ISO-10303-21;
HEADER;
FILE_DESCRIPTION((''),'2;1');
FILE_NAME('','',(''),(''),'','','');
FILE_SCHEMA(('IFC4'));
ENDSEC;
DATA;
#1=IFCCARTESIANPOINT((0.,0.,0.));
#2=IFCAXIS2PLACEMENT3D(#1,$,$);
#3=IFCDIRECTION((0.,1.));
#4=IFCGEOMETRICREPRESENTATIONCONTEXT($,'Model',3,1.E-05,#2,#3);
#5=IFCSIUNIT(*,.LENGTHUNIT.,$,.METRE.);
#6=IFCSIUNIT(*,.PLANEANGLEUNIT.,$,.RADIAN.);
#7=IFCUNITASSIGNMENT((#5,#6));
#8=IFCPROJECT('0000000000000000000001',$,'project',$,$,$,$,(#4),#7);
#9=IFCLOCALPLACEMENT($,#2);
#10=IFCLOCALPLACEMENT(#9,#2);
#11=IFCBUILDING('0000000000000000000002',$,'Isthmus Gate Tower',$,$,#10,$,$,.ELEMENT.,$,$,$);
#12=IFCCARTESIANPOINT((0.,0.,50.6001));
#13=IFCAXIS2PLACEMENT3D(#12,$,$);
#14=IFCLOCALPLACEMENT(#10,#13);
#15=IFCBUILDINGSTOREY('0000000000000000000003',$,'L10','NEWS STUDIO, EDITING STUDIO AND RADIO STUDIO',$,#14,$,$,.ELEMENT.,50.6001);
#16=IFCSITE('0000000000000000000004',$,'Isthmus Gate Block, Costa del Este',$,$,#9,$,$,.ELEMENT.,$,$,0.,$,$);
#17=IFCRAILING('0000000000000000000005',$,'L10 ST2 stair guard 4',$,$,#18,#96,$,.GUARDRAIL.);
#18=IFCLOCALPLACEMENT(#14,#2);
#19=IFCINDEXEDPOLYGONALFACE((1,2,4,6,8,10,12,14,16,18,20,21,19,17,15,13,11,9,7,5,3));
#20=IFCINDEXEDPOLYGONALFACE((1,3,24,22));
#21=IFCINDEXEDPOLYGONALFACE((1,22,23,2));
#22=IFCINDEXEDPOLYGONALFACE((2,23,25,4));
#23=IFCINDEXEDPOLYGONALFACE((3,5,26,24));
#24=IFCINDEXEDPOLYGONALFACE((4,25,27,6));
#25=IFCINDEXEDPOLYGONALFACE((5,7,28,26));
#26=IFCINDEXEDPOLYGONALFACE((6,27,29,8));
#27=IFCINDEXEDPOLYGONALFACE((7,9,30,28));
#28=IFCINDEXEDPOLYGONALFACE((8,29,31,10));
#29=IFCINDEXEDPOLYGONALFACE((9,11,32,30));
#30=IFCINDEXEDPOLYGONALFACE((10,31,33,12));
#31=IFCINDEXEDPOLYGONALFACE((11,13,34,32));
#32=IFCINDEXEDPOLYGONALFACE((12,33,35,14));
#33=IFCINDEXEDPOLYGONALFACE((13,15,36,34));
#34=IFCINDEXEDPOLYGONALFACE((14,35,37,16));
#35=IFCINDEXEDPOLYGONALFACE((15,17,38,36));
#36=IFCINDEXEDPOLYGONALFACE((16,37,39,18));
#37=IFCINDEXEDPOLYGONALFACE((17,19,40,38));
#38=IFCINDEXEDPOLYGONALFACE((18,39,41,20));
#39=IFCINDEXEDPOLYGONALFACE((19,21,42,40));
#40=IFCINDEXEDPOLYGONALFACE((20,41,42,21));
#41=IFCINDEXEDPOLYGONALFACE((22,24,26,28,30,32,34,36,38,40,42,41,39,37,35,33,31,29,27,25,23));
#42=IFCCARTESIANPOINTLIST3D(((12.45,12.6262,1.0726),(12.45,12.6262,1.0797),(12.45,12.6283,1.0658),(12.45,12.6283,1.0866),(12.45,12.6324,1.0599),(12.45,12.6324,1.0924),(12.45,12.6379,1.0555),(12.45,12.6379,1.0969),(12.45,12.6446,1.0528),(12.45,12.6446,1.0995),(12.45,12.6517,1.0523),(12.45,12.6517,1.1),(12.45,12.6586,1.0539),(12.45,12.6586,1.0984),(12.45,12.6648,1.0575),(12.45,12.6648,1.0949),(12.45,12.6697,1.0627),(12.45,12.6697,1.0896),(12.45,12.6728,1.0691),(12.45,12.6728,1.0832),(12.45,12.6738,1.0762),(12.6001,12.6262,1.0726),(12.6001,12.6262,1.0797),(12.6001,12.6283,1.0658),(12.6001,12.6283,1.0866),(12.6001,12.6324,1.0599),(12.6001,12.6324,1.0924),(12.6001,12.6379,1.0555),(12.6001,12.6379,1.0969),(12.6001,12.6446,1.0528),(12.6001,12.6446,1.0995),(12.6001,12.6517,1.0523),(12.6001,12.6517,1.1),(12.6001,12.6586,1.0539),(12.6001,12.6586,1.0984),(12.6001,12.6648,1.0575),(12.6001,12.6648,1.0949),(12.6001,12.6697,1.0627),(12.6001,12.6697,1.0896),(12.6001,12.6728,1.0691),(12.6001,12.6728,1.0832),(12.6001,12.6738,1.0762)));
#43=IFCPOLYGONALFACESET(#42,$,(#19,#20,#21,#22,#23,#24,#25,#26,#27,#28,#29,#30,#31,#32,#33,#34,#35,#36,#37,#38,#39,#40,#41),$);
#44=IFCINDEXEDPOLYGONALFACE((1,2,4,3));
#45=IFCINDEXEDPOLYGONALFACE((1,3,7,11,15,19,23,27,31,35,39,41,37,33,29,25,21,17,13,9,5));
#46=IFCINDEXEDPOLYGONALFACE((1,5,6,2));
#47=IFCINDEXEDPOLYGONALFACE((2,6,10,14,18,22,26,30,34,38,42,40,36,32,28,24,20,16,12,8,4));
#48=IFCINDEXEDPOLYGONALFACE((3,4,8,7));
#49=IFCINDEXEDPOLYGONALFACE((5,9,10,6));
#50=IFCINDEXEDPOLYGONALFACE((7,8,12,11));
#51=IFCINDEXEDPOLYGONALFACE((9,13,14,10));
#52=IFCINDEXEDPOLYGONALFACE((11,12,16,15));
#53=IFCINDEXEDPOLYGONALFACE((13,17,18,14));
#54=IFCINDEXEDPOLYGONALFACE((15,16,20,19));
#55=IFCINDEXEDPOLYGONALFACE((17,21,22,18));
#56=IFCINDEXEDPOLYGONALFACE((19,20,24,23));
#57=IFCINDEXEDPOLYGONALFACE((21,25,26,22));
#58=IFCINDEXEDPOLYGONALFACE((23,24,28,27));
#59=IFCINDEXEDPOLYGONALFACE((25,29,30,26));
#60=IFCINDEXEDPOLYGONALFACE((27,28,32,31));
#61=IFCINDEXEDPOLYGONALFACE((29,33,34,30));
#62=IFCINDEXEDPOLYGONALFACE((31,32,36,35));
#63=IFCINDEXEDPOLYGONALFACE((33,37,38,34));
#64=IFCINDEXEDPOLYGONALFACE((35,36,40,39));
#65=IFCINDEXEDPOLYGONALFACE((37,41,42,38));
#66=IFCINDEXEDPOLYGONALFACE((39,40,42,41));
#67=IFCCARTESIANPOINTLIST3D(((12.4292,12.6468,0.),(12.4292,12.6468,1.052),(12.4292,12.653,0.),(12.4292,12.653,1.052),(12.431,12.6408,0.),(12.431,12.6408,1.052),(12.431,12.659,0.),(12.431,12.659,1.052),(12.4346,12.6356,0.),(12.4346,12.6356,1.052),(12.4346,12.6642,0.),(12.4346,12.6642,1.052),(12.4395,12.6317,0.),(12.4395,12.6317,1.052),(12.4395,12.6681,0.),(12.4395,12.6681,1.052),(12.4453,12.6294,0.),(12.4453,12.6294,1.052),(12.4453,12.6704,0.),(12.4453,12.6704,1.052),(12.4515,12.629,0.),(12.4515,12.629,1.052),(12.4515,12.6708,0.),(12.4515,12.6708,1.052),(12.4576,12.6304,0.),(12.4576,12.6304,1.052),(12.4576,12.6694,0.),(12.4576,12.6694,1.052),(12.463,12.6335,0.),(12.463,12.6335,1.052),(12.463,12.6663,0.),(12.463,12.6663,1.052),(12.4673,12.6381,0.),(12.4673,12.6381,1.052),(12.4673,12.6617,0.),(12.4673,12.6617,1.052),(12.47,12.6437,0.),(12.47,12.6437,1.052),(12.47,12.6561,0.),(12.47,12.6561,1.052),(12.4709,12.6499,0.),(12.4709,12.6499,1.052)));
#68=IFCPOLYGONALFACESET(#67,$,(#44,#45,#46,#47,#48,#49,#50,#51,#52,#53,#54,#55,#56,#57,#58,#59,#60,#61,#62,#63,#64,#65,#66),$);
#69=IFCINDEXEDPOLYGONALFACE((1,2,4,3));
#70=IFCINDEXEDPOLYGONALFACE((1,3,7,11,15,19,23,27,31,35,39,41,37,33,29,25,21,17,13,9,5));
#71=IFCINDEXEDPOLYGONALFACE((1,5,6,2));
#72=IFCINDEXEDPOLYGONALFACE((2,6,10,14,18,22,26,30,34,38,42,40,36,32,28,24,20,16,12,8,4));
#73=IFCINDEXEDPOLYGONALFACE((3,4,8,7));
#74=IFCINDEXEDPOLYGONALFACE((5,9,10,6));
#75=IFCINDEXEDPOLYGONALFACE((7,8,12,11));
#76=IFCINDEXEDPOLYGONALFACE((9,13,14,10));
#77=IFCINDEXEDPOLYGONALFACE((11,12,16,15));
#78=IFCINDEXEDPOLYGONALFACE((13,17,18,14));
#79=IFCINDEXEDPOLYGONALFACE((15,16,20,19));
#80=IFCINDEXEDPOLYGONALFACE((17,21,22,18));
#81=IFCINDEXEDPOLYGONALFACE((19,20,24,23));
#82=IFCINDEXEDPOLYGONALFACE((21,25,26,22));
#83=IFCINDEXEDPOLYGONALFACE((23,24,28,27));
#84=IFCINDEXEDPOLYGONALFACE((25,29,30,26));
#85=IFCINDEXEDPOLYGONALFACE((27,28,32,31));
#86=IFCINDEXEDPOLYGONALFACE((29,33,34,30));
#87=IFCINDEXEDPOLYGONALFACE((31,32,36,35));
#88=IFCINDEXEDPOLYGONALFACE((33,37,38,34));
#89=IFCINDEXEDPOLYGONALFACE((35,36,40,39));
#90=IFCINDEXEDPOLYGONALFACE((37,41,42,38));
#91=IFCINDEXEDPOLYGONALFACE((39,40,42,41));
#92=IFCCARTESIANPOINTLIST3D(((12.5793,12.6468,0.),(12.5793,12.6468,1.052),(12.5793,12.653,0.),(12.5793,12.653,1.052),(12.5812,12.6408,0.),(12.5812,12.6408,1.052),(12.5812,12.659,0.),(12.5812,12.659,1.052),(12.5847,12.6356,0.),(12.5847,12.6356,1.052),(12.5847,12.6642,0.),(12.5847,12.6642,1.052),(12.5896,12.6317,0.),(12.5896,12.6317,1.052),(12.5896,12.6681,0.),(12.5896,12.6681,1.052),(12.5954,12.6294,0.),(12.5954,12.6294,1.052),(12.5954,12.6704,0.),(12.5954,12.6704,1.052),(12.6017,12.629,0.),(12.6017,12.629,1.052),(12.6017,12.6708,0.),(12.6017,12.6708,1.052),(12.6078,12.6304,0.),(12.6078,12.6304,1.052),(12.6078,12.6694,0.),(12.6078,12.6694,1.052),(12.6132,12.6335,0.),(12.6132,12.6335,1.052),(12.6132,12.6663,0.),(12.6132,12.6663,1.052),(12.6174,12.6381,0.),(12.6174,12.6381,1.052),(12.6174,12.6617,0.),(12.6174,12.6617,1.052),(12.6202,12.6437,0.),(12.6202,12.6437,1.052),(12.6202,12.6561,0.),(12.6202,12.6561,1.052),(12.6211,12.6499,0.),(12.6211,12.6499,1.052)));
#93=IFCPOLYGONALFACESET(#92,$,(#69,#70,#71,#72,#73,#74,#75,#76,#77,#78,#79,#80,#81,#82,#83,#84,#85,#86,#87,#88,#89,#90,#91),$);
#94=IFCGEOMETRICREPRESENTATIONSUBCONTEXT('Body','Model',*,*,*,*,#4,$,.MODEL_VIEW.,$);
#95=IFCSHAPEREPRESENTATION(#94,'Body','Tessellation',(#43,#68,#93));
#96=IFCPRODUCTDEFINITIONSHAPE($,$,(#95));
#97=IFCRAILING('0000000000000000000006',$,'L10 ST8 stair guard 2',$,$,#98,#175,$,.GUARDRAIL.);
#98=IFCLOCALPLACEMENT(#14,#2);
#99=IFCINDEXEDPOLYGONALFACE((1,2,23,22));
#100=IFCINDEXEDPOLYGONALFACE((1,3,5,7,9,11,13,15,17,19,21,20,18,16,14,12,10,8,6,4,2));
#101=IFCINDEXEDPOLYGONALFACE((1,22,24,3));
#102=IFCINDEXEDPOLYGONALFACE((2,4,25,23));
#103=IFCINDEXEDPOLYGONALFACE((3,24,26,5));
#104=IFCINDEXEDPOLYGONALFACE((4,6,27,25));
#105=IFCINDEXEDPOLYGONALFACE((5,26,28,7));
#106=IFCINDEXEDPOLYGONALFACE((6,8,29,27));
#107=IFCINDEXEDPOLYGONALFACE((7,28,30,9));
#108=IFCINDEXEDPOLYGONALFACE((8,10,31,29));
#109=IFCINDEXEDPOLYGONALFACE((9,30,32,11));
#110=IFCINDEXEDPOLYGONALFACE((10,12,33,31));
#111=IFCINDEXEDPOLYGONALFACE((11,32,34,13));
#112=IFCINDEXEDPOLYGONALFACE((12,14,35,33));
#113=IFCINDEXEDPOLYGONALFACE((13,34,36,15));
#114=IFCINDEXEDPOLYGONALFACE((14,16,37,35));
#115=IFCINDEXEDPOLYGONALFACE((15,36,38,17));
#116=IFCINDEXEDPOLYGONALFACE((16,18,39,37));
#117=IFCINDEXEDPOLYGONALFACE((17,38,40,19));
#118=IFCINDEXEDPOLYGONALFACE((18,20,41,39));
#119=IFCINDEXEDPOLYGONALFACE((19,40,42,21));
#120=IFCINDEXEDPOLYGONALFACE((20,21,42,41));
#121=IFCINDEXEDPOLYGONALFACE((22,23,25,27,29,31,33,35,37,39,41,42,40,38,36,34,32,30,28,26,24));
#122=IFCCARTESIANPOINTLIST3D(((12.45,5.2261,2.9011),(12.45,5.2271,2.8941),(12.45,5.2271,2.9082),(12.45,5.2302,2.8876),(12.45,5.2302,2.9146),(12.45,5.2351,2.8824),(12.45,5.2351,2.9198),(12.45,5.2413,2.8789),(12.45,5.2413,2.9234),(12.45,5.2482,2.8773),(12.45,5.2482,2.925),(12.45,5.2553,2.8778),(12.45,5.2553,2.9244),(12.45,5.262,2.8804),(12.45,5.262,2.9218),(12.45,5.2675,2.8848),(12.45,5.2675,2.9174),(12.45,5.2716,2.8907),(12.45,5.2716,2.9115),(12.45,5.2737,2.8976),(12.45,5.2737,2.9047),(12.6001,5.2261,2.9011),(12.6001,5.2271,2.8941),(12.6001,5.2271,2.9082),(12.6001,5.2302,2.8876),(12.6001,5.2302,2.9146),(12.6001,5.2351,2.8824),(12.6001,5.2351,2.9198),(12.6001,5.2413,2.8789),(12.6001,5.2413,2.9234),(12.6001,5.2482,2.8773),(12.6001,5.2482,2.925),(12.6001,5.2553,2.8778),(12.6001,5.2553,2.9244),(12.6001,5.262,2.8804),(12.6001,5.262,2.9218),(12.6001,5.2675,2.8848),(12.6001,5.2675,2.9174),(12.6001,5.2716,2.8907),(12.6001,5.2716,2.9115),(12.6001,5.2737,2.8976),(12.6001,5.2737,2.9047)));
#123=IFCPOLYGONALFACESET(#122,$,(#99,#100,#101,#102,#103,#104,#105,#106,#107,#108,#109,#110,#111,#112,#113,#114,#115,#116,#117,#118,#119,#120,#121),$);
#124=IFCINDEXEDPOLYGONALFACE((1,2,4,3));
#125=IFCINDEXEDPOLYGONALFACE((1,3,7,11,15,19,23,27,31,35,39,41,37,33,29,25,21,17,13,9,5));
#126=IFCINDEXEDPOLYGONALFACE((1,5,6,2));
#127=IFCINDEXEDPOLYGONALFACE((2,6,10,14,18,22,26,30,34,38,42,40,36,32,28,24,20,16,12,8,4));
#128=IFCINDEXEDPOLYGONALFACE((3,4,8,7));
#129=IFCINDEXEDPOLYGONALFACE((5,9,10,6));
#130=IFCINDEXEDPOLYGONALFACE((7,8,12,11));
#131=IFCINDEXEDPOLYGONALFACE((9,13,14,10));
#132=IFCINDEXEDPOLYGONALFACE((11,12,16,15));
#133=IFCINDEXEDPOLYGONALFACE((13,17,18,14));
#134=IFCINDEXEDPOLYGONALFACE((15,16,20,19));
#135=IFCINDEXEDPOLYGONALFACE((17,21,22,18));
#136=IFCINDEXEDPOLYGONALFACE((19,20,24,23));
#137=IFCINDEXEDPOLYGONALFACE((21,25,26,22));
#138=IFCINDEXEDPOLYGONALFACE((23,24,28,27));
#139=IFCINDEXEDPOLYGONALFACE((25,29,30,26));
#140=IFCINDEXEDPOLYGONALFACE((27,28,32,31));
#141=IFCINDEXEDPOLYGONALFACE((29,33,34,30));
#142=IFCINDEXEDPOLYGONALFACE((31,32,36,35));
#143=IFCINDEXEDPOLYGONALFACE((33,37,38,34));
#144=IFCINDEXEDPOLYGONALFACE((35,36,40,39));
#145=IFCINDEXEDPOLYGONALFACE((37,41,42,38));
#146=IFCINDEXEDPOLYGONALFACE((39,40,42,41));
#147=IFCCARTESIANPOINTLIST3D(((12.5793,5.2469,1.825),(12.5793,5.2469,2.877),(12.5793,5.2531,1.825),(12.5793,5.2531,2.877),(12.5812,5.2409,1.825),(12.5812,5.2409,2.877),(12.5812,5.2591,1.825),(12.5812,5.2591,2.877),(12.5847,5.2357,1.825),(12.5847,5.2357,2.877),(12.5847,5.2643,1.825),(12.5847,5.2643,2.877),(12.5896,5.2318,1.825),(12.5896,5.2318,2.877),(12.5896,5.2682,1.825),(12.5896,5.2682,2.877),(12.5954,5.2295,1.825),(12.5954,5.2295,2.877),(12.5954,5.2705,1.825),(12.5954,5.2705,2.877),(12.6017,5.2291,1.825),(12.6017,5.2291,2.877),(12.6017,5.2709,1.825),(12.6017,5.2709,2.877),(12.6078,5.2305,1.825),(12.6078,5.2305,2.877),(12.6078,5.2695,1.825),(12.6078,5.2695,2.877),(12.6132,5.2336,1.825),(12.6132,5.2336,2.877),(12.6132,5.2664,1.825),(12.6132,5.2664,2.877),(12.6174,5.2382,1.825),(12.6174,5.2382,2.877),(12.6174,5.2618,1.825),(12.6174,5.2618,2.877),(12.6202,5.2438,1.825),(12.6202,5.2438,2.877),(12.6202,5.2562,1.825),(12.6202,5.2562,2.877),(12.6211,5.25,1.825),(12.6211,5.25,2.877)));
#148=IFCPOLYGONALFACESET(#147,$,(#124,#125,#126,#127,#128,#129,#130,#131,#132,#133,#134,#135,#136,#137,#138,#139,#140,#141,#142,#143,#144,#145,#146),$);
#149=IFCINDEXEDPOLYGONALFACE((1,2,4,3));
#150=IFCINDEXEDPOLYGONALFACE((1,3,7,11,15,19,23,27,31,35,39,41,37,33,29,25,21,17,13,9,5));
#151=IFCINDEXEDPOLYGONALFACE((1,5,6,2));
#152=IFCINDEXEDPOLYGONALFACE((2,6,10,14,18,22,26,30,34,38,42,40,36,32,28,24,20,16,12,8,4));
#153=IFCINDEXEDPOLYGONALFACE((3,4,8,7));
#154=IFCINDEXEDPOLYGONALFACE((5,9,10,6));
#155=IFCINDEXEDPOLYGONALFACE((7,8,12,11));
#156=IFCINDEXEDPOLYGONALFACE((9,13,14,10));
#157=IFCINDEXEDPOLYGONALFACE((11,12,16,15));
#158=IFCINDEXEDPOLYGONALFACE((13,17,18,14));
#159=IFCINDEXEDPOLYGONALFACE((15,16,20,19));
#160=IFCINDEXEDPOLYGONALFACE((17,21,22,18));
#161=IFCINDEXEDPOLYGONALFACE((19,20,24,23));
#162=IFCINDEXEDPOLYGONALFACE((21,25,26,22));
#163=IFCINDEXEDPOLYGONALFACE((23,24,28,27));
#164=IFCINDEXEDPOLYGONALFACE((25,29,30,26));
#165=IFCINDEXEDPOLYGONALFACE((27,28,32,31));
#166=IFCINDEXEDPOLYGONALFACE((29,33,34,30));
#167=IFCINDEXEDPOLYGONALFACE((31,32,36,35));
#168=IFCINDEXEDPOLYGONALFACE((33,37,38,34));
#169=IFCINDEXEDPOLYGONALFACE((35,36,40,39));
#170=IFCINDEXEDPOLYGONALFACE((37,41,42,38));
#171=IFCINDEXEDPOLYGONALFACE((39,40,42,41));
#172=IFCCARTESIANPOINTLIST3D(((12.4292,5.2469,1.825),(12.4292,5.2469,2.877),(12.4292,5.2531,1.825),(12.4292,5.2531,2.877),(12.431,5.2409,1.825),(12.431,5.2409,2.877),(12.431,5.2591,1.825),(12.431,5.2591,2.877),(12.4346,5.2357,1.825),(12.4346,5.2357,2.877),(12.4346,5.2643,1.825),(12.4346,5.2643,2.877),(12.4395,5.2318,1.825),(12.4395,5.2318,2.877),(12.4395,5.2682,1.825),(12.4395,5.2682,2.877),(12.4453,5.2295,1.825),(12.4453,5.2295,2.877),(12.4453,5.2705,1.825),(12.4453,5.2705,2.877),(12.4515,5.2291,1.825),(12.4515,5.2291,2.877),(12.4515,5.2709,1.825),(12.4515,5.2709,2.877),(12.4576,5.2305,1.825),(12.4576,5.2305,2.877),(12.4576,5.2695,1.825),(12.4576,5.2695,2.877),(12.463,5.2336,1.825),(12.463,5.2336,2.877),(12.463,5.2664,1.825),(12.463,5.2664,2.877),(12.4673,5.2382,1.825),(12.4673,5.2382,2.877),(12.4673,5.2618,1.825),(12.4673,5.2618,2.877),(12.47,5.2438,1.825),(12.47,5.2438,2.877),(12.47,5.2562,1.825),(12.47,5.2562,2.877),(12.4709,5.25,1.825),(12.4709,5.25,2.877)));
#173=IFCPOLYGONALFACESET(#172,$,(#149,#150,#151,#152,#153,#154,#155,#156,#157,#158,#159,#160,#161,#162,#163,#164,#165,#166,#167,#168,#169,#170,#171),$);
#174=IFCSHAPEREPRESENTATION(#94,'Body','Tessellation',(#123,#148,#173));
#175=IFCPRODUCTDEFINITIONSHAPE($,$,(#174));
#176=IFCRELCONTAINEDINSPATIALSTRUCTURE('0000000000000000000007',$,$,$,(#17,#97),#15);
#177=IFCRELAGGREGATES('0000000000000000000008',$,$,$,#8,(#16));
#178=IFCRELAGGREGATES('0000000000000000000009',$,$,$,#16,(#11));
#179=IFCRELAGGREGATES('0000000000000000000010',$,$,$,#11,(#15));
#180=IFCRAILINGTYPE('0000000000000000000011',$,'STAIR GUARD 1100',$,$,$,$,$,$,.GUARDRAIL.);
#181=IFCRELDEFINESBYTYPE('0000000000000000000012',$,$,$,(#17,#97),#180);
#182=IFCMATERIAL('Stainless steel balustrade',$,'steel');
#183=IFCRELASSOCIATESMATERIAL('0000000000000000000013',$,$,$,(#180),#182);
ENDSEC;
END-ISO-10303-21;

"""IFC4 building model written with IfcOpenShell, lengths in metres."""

from ifc_helpers import new_model, si_unit, direction, frame, origin, origin_2d, place, context, subcontext, project, spatial, circle, extrude, material, type_object, element, save


model = new_model("IFC4")

# Units and contexts
model_context = context("Model", 3, precision=1e-05, world=origin(), true_north=direction((0.0, 1.0)))
body_context = subcontext(model_context, "Body", "Model", "MODEL_VIEW")
ifc_project = project(units=[si_unit("LENGTHUNIT", "METRE"), si_unit("PLANEANGLEUNIT", "RADIAN")], contexts=[model_context])

# Site, building, storey
site_placement = place(None, origin())
site = spatial("IfcSite", under=ifc_project, at=site_placement, Name="Isthmus Gate Block, Costa del Este", CompositionType="ELEMENT", RefElevation=0.0)
building_placement = place(site_placement, origin())
building = spatial("IfcBuilding", under=site, at=building_placement, Name="Isthmus Gate Tower", CompositionType="ELEMENT")
storey_placement = place(building_placement, frame((0.0, 0.0, 50.6001)))
storey = spatial("IfcBuildingStorey", under=building, at=storey_placement, Name="L10", Description="NEWS STUDIO, EDITING STUDIO AND RADIO STUDIO", CompositionType="ELEMENT", Elevation=50.6001)

# Railings
ifc_material_1 = material(Name="Stainless steel balustrade", Category="steel")
railing_type_1 = type_object("IfcRailingType", Name="STAIR GUARD 1100", PredefinedType="GUARDRAIL", material=ifc_material_1)
railing_1_placement = place(storey_placement, frame((12.45, 12.6499, 0.0)))
element("IfcRailing", 1, at=railing_1_placement, inside=storey, type_object=railing_type_1, Name="L10 ST2 stair guard 4", PredefinedType="GUARDRAIL", context=body_context, shape_type="SweptSolid", body=[
    extrude(circle(Radius=0.0239, at=origin_2d()), frame((0.0, 0.0, 1.0762), z_axis=(1.0, 0.0, 0.0), x_axis=(0.0, 1.0, 0.0)), (0.0, 0.0, 1.0), 0.1501),
    extrude(circle(Radius=0.021, at=origin_2d()), origin(), (0.0, 0.0, 1.0), 1.052),
    extrude(circle(Radius=0.021, at=origin_2d()), frame((0.1501, 0.0, 0.0)), (0.0, 0.0, 1.0), 1.052),
])
railing_2_placement = place(storey_placement, frame((12.6001, 5.25, 1.825)))
element("IfcRailing", 2, at=railing_2_placement, inside=storey, type_object=railing_type_1, Name="L10 ST8 stair guard 2", PredefinedType="GUARDRAIL", context=body_context, shape_type="SweptSolid", body=[
    extrude(circle(Radius=0.0239, at=origin_2d()), frame((0.0, 0.0, 1.0762), z_axis=(-1.0, 0.0, 0.0), x_axis=(0.0, -1.0, 0.0)), (0.0, 0.0, 1.0), 0.1501),
    extrude(circle(Radius=0.021, at=origin_2d()), origin(), (0.0, 0.0, 1.0), 1.052),
    extrude(circle(Radius=0.021, at=origin_2d()), frame((-0.1501, 0.0, 0.0)), (0.0, 0.0, 1.0), 1.052),
])

save(model, "model.ifc")
